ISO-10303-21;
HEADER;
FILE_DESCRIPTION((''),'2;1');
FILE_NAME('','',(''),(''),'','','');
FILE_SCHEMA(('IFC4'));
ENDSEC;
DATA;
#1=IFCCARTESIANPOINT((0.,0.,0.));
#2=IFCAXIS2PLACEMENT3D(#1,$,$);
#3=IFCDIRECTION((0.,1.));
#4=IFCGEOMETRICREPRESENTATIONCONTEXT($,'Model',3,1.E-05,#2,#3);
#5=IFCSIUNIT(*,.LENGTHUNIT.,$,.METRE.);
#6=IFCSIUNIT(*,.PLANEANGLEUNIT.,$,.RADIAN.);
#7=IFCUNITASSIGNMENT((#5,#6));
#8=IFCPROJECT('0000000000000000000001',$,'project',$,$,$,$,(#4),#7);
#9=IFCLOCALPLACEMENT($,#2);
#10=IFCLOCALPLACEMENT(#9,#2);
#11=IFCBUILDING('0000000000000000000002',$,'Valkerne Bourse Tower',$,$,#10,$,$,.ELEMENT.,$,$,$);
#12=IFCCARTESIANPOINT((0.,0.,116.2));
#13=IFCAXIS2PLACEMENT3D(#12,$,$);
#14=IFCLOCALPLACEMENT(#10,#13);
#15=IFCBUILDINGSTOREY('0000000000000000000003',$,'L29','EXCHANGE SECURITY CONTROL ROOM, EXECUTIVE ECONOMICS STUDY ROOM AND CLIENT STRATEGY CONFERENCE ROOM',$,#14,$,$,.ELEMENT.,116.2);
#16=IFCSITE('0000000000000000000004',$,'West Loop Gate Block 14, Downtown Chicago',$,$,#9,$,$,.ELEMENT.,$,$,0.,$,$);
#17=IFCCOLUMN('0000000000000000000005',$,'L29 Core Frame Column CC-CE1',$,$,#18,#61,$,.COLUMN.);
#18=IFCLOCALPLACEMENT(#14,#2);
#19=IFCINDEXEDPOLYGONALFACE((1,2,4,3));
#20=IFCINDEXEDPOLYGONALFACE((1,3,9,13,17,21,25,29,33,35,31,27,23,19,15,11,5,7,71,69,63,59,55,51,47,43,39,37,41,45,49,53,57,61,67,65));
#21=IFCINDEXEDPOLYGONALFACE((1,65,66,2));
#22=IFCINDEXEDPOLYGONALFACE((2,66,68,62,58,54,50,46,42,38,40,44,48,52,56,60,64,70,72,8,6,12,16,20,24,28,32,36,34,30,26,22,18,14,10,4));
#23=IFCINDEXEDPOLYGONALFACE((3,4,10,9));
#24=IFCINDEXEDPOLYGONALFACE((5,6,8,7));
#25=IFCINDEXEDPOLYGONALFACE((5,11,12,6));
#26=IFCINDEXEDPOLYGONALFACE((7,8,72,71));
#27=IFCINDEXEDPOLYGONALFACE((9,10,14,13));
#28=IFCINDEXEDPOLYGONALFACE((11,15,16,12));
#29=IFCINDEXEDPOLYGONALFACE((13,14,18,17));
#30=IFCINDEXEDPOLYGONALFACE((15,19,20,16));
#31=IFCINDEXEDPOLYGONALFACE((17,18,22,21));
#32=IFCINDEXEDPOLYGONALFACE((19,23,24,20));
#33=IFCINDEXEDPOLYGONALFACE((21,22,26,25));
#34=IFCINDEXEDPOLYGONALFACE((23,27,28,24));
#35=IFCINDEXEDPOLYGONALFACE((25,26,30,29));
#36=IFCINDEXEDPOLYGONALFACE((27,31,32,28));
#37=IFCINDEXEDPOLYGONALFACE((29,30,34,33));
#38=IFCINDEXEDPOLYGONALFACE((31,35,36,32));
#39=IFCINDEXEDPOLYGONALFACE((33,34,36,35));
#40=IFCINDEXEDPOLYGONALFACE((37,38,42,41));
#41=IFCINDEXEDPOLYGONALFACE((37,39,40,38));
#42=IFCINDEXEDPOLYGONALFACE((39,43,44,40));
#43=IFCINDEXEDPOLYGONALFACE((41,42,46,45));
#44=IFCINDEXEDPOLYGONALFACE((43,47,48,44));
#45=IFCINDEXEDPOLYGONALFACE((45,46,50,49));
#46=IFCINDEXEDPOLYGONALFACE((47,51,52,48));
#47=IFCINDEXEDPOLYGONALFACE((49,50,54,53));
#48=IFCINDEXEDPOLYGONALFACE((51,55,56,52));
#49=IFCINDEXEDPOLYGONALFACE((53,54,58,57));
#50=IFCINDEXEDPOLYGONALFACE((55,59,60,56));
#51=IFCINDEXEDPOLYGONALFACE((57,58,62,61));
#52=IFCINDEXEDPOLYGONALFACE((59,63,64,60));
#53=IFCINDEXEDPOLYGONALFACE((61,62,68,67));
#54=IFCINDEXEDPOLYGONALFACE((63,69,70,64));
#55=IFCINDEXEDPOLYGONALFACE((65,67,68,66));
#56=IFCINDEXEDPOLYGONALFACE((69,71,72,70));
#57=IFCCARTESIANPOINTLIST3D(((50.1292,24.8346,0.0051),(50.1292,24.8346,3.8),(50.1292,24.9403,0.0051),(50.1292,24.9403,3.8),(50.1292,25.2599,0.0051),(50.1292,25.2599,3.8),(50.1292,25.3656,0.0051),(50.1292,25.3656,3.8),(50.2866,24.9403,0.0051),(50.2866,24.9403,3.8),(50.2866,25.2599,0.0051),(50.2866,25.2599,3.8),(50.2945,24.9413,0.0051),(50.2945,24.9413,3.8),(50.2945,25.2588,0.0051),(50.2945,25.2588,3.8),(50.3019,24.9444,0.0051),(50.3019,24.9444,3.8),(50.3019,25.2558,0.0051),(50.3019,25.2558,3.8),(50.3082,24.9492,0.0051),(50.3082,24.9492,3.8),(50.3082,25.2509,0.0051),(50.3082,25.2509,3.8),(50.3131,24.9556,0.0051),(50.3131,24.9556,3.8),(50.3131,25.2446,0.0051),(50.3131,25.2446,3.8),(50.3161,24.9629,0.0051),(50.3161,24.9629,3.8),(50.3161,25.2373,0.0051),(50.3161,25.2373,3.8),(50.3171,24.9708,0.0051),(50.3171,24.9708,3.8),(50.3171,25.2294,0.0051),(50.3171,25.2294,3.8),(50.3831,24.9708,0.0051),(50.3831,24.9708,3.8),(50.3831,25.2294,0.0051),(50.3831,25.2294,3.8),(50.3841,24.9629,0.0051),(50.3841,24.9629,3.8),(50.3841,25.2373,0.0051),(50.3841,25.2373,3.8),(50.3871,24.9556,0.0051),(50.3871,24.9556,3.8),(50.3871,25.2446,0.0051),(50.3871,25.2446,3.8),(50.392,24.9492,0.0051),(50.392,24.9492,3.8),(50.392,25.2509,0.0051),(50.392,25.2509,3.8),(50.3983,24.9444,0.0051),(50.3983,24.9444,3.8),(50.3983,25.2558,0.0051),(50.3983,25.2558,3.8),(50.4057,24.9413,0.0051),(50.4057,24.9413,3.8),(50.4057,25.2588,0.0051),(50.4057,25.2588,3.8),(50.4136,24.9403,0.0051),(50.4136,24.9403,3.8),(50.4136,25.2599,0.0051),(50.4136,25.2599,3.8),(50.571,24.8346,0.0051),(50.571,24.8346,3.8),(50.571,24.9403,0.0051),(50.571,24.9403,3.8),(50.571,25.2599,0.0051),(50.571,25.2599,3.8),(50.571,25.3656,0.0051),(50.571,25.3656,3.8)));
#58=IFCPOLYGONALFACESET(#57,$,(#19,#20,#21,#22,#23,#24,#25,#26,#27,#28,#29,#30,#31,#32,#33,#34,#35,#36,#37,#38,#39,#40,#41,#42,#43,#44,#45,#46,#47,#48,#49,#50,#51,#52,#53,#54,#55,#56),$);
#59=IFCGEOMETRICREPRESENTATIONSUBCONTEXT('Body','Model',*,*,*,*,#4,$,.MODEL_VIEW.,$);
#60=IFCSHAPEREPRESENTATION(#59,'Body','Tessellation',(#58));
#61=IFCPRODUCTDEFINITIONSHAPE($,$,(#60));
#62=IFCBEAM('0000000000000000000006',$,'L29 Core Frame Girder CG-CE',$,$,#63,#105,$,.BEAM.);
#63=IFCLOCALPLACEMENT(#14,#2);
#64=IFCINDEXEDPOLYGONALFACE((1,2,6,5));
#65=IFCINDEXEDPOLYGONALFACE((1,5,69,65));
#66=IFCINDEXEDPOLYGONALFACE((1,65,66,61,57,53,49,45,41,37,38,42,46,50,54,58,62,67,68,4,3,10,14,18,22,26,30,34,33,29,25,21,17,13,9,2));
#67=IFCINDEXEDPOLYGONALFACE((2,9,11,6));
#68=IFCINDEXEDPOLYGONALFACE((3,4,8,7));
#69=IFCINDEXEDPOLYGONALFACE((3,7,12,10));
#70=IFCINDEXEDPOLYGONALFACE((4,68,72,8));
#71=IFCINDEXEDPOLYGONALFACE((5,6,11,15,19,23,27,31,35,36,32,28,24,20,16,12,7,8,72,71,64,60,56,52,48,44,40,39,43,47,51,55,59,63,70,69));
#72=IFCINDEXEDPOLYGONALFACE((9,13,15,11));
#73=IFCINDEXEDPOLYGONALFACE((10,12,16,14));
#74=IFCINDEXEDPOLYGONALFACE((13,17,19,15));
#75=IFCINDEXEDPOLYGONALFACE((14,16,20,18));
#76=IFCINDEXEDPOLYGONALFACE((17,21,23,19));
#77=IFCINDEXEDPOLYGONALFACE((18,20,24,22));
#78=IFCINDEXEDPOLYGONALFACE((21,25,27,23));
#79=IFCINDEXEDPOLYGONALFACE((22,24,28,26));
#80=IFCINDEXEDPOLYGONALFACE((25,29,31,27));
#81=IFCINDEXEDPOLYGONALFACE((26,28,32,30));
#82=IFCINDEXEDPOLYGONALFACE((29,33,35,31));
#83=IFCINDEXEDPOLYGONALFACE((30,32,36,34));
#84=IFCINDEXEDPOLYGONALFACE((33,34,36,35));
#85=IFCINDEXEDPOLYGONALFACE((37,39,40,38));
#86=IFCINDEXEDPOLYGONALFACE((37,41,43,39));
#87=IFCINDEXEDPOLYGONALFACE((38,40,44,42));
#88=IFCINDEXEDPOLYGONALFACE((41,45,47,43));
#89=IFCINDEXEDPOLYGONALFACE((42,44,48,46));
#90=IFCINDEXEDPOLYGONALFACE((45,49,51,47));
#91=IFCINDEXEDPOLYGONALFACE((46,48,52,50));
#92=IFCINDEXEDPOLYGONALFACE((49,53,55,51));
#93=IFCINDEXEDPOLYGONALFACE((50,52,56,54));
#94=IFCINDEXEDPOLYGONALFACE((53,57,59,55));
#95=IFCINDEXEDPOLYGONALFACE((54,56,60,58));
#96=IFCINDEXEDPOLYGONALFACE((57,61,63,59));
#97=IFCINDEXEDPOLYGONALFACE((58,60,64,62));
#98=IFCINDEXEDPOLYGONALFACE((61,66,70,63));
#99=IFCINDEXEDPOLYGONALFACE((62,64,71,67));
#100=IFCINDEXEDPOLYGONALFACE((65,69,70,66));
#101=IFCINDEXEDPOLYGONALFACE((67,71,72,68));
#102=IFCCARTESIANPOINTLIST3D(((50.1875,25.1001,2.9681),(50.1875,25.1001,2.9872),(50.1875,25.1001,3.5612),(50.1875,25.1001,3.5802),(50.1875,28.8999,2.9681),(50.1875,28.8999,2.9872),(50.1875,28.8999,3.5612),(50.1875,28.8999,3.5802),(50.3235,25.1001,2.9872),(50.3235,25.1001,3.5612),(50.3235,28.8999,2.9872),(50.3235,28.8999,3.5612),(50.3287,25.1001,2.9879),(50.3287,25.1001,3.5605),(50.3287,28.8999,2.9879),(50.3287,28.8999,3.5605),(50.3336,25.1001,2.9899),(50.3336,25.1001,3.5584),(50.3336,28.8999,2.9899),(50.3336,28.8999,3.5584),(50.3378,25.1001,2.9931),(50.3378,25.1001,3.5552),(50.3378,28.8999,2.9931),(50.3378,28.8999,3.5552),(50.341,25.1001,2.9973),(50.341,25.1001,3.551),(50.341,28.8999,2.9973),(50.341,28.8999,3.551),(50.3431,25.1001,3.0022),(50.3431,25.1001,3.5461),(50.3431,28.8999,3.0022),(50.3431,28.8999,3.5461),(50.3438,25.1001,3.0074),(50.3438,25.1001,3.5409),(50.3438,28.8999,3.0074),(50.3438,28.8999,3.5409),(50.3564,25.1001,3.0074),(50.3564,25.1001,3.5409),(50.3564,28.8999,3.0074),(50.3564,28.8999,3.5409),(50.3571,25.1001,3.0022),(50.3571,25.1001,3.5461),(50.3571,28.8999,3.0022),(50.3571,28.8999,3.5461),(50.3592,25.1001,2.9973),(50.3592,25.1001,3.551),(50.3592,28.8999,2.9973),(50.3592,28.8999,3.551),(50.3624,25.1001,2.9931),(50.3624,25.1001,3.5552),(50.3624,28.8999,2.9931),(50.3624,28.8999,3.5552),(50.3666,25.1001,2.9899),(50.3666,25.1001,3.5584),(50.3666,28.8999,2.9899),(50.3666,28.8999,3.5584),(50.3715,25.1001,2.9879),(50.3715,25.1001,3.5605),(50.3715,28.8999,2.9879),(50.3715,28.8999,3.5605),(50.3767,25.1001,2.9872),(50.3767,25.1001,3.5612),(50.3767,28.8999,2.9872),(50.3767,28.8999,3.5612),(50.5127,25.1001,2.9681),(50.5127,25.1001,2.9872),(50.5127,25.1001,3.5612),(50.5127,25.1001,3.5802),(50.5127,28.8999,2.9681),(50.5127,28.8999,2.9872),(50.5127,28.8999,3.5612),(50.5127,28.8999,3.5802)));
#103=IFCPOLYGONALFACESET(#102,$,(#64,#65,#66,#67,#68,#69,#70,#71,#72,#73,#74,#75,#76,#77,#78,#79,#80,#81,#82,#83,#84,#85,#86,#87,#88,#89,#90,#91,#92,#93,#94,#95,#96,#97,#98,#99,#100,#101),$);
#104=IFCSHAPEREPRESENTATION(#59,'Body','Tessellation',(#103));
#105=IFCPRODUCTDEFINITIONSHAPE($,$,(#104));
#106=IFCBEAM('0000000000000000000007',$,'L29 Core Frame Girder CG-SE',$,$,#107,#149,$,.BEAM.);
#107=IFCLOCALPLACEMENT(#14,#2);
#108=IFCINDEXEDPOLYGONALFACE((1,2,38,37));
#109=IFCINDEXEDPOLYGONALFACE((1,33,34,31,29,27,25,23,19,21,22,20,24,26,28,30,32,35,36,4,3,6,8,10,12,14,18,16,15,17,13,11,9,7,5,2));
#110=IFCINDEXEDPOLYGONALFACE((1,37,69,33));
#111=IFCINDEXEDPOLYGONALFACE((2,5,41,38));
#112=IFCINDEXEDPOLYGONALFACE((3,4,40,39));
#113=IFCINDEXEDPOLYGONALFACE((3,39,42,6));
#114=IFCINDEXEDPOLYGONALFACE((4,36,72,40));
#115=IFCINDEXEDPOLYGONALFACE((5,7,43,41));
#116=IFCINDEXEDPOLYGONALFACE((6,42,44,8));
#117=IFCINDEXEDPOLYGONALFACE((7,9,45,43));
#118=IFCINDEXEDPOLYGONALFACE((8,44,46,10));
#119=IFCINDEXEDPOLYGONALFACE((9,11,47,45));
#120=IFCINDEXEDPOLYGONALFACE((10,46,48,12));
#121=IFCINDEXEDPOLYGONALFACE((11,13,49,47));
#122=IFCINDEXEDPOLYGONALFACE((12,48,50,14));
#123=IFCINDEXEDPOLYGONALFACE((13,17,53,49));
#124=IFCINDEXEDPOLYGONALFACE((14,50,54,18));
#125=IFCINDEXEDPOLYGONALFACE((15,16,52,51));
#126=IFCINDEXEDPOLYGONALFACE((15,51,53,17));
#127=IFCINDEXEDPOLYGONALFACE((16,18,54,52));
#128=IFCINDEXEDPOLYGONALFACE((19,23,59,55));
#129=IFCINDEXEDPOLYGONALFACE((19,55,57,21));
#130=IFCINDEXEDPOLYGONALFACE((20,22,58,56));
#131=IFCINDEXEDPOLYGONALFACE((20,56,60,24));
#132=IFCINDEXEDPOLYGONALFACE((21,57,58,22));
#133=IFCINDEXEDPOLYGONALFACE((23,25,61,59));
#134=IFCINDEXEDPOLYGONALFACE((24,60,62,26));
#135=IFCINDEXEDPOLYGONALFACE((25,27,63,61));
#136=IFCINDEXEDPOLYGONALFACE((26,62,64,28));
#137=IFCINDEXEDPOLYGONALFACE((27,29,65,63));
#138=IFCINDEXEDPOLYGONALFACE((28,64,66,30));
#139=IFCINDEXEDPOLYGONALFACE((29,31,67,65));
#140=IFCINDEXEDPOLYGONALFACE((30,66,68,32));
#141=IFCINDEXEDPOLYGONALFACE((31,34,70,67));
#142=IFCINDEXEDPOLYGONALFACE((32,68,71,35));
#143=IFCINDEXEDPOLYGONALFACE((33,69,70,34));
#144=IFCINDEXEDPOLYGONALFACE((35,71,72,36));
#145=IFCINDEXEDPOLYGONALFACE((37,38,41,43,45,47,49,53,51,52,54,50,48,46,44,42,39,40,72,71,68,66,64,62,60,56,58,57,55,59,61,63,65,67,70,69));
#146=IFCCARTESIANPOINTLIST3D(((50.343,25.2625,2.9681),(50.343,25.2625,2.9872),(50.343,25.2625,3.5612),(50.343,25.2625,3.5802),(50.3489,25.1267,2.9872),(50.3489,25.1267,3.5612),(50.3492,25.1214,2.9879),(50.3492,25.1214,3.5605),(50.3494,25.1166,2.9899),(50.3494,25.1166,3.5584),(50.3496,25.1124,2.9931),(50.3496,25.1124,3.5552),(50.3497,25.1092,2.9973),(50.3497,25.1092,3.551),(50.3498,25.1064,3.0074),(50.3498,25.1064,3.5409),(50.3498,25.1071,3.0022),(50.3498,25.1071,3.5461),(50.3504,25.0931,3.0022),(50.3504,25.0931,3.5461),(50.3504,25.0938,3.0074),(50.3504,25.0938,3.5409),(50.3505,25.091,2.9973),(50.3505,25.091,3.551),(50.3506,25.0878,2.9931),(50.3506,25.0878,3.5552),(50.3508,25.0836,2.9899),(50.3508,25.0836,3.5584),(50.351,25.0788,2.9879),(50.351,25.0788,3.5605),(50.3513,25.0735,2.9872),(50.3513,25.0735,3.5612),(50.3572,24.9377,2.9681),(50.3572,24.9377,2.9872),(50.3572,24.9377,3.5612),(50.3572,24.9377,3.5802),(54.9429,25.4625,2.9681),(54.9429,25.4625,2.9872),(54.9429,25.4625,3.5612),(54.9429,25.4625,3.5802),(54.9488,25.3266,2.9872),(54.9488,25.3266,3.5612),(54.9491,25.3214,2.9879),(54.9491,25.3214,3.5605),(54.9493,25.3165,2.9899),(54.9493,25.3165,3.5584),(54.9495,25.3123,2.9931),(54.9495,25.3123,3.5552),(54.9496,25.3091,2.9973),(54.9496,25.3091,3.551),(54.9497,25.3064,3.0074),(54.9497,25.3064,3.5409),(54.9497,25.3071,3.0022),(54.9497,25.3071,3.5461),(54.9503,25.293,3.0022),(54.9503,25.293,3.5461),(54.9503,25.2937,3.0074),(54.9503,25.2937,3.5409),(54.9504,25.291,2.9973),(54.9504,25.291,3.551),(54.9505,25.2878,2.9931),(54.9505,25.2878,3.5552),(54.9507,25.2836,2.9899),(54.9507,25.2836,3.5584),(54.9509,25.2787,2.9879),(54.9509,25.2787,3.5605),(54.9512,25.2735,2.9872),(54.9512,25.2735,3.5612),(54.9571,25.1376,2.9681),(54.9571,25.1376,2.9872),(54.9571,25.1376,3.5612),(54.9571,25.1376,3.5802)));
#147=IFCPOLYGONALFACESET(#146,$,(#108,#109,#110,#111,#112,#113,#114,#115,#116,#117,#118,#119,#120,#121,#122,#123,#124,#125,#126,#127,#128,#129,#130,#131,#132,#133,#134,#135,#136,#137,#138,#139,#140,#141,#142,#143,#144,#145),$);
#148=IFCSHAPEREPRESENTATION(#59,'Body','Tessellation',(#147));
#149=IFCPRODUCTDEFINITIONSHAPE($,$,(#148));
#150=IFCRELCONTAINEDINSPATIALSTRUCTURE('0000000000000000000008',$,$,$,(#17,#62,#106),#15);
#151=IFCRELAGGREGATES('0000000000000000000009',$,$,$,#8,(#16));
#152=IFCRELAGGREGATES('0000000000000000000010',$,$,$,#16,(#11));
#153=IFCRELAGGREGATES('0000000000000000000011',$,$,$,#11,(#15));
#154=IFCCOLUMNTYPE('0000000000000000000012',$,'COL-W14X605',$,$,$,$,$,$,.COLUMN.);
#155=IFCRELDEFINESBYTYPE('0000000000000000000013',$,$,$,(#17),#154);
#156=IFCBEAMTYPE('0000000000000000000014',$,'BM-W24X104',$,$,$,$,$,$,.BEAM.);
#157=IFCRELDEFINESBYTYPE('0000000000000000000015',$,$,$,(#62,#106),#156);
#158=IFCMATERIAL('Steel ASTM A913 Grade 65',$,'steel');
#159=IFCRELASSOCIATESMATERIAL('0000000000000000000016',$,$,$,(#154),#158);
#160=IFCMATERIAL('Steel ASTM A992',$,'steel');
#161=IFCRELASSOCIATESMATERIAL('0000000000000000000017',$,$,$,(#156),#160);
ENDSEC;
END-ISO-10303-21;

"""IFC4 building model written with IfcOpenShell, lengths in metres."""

from ifc_helpers import new_model, si_unit, direction, frame, origin, origin_2d, place, context, subcontext, project, spatial, i_section, extrude, material, material_profile, profile_set, type_object, element, save


model = new_model("IFC4")

# Units and contexts
model_context = context("Model", 3, precision=1e-05, world=origin(), true_north=direction((0.0, 1.0)))
body_context = subcontext(model_context, "Body", "Model", "MODEL_VIEW")
ifc_project = project(units=[si_unit("LENGTHUNIT", "METRE"), si_unit("PLANEANGLEUNIT", "RADIAN")], contexts=[model_context])

# Site, building, storey
site_placement = place(None, origin())
site = spatial("IfcSite", under=ifc_project, at=site_placement, Name="West Loop Gate Block 14, Downtown Chicago", CompositionType="ELEMENT", RefElevation=0.0)
building_placement = place(site_placement, origin())
building = spatial("IfcBuilding", under=site, at=building_placement, Name="Valkerne Bourse Tower", CompositionType="ELEMENT")
storey_placement = place(building_placement, frame((0.0, 0.0, 116.2)))
storey = spatial("IfcBuildingStorey", under=building, at=storey_placement, Name="L29", Description="EXCHANGE SECURITY CONTROL ROOM, EXECUTIVE ECONOMICS STUDY ROOM AND CLIENT STRATEGY CONFERENCE ROOM", CompositionType="ELEMENT", Elevation=116.2)

# Column
ifc_material_1 = material(Name="Steel ASTM A913 Grade 65", Category="steel")
ifc_material_profile_1 = material_profile(ifc_material_1, i_section(OverallWidth=0.4419, OverallDepth=0.531, WebThickness=0.0659, FlangeThickness=0.1057, FilletRadius=0.0305, at=origin_2d()), Name="W14X605")
ifc_profile_set_1 = profile_set([ifc_material_profile_1], Name="Steel ASTM A913 Grade 65")
column_type = type_object("IfcColumnType", Name="COL-W14X605", PredefinedType="COLUMN", material=ifc_profile_set_1)
column_placement = place(storey_placement, frame((50.3501, 25.1001, 0.0051), z_axis=(0.0, 0.0, 1.0), x_axis=(1.0, 0.0, 0.0)))
element("IfcColumn", 1, at=column_placement, inside=storey, type_object=column_type, Name="L29 Core Frame Column CC-CE1", PredefinedType="COLUMN", context=body_context, shape_type="SweptSolid", body=[
    extrude(i_section(OverallWidth=0.4419, OverallDepth=0.531, WebThickness=0.0659, FlangeThickness=0.1057, FilletRadius=0.0305, at=origin_2d()), origin(), (0.0, 0.0, 1.0), 3.7949),
])

# Beams
ifc_material_2 = material(Name="Steel ASTM A992", Category="steel")
ifc_material_profile_2 = material_profile(ifc_material_2, i_section(OverallWidth=0.3252, OverallDepth=0.6121, WebThickness=0.0127, FlangeThickness=0.019, FilletRadius=0.0203, at=origin_2d()), Name="W24X104")
ifc_profile_set_2 = profile_set([ifc_material_profile_2], Name="Steel ASTM A992")
beam_type = type_object("IfcBeamType", Name="BM-W24X104", PredefinedType="BEAM", material=ifc_profile_set_2)
beam_1_placement = place(storey_placement, frame((50.3501, 25.1001, 3.2742), z_axis=(0.0, 1.0, 0.0), x_axis=(-1.0, 0.0, 0.0)))
element("IfcBeam", 2, at=beam_1_placement, inside=storey, type_object=beam_type, Name="L29 Core Frame Girder CG-CE", PredefinedType="BEAM", context=body_context, shape_type="SweptSolid", body=[
    extrude(i_section(OverallWidth=0.3252, OverallDepth=0.6121, WebThickness=0.0127, FlangeThickness=0.019, FilletRadius=0.0203, at=origin_2d()), origin(), (0.0, 0.0, 1.0), 3.7998),
])
beam_2_placement = place(storey_placement, frame((50.3501, 25.1001, 3.2742), z_axis=(0.999057, 0.043428, 0.0), x_axis=(-0.043428, 0.999057, 0.0)))
element("IfcBeam", 3, at=beam_2_placement, inside=storey, type_object=beam_type, Name="L29 Core Frame Girder CG-SE", PredefinedType="BEAM", context=body_context, shape_type="SweptSolid", body=[
    extrude(i_section(OverallWidth=0.3252, OverallDepth=0.6121, WebThickness=0.0127, FlangeThickness=0.019, FilletRadius=0.0203, at=origin_2d()), origin(), (0.0, 0.0, 1.0), 4.6042),
])

save(model, "model.ifc")
